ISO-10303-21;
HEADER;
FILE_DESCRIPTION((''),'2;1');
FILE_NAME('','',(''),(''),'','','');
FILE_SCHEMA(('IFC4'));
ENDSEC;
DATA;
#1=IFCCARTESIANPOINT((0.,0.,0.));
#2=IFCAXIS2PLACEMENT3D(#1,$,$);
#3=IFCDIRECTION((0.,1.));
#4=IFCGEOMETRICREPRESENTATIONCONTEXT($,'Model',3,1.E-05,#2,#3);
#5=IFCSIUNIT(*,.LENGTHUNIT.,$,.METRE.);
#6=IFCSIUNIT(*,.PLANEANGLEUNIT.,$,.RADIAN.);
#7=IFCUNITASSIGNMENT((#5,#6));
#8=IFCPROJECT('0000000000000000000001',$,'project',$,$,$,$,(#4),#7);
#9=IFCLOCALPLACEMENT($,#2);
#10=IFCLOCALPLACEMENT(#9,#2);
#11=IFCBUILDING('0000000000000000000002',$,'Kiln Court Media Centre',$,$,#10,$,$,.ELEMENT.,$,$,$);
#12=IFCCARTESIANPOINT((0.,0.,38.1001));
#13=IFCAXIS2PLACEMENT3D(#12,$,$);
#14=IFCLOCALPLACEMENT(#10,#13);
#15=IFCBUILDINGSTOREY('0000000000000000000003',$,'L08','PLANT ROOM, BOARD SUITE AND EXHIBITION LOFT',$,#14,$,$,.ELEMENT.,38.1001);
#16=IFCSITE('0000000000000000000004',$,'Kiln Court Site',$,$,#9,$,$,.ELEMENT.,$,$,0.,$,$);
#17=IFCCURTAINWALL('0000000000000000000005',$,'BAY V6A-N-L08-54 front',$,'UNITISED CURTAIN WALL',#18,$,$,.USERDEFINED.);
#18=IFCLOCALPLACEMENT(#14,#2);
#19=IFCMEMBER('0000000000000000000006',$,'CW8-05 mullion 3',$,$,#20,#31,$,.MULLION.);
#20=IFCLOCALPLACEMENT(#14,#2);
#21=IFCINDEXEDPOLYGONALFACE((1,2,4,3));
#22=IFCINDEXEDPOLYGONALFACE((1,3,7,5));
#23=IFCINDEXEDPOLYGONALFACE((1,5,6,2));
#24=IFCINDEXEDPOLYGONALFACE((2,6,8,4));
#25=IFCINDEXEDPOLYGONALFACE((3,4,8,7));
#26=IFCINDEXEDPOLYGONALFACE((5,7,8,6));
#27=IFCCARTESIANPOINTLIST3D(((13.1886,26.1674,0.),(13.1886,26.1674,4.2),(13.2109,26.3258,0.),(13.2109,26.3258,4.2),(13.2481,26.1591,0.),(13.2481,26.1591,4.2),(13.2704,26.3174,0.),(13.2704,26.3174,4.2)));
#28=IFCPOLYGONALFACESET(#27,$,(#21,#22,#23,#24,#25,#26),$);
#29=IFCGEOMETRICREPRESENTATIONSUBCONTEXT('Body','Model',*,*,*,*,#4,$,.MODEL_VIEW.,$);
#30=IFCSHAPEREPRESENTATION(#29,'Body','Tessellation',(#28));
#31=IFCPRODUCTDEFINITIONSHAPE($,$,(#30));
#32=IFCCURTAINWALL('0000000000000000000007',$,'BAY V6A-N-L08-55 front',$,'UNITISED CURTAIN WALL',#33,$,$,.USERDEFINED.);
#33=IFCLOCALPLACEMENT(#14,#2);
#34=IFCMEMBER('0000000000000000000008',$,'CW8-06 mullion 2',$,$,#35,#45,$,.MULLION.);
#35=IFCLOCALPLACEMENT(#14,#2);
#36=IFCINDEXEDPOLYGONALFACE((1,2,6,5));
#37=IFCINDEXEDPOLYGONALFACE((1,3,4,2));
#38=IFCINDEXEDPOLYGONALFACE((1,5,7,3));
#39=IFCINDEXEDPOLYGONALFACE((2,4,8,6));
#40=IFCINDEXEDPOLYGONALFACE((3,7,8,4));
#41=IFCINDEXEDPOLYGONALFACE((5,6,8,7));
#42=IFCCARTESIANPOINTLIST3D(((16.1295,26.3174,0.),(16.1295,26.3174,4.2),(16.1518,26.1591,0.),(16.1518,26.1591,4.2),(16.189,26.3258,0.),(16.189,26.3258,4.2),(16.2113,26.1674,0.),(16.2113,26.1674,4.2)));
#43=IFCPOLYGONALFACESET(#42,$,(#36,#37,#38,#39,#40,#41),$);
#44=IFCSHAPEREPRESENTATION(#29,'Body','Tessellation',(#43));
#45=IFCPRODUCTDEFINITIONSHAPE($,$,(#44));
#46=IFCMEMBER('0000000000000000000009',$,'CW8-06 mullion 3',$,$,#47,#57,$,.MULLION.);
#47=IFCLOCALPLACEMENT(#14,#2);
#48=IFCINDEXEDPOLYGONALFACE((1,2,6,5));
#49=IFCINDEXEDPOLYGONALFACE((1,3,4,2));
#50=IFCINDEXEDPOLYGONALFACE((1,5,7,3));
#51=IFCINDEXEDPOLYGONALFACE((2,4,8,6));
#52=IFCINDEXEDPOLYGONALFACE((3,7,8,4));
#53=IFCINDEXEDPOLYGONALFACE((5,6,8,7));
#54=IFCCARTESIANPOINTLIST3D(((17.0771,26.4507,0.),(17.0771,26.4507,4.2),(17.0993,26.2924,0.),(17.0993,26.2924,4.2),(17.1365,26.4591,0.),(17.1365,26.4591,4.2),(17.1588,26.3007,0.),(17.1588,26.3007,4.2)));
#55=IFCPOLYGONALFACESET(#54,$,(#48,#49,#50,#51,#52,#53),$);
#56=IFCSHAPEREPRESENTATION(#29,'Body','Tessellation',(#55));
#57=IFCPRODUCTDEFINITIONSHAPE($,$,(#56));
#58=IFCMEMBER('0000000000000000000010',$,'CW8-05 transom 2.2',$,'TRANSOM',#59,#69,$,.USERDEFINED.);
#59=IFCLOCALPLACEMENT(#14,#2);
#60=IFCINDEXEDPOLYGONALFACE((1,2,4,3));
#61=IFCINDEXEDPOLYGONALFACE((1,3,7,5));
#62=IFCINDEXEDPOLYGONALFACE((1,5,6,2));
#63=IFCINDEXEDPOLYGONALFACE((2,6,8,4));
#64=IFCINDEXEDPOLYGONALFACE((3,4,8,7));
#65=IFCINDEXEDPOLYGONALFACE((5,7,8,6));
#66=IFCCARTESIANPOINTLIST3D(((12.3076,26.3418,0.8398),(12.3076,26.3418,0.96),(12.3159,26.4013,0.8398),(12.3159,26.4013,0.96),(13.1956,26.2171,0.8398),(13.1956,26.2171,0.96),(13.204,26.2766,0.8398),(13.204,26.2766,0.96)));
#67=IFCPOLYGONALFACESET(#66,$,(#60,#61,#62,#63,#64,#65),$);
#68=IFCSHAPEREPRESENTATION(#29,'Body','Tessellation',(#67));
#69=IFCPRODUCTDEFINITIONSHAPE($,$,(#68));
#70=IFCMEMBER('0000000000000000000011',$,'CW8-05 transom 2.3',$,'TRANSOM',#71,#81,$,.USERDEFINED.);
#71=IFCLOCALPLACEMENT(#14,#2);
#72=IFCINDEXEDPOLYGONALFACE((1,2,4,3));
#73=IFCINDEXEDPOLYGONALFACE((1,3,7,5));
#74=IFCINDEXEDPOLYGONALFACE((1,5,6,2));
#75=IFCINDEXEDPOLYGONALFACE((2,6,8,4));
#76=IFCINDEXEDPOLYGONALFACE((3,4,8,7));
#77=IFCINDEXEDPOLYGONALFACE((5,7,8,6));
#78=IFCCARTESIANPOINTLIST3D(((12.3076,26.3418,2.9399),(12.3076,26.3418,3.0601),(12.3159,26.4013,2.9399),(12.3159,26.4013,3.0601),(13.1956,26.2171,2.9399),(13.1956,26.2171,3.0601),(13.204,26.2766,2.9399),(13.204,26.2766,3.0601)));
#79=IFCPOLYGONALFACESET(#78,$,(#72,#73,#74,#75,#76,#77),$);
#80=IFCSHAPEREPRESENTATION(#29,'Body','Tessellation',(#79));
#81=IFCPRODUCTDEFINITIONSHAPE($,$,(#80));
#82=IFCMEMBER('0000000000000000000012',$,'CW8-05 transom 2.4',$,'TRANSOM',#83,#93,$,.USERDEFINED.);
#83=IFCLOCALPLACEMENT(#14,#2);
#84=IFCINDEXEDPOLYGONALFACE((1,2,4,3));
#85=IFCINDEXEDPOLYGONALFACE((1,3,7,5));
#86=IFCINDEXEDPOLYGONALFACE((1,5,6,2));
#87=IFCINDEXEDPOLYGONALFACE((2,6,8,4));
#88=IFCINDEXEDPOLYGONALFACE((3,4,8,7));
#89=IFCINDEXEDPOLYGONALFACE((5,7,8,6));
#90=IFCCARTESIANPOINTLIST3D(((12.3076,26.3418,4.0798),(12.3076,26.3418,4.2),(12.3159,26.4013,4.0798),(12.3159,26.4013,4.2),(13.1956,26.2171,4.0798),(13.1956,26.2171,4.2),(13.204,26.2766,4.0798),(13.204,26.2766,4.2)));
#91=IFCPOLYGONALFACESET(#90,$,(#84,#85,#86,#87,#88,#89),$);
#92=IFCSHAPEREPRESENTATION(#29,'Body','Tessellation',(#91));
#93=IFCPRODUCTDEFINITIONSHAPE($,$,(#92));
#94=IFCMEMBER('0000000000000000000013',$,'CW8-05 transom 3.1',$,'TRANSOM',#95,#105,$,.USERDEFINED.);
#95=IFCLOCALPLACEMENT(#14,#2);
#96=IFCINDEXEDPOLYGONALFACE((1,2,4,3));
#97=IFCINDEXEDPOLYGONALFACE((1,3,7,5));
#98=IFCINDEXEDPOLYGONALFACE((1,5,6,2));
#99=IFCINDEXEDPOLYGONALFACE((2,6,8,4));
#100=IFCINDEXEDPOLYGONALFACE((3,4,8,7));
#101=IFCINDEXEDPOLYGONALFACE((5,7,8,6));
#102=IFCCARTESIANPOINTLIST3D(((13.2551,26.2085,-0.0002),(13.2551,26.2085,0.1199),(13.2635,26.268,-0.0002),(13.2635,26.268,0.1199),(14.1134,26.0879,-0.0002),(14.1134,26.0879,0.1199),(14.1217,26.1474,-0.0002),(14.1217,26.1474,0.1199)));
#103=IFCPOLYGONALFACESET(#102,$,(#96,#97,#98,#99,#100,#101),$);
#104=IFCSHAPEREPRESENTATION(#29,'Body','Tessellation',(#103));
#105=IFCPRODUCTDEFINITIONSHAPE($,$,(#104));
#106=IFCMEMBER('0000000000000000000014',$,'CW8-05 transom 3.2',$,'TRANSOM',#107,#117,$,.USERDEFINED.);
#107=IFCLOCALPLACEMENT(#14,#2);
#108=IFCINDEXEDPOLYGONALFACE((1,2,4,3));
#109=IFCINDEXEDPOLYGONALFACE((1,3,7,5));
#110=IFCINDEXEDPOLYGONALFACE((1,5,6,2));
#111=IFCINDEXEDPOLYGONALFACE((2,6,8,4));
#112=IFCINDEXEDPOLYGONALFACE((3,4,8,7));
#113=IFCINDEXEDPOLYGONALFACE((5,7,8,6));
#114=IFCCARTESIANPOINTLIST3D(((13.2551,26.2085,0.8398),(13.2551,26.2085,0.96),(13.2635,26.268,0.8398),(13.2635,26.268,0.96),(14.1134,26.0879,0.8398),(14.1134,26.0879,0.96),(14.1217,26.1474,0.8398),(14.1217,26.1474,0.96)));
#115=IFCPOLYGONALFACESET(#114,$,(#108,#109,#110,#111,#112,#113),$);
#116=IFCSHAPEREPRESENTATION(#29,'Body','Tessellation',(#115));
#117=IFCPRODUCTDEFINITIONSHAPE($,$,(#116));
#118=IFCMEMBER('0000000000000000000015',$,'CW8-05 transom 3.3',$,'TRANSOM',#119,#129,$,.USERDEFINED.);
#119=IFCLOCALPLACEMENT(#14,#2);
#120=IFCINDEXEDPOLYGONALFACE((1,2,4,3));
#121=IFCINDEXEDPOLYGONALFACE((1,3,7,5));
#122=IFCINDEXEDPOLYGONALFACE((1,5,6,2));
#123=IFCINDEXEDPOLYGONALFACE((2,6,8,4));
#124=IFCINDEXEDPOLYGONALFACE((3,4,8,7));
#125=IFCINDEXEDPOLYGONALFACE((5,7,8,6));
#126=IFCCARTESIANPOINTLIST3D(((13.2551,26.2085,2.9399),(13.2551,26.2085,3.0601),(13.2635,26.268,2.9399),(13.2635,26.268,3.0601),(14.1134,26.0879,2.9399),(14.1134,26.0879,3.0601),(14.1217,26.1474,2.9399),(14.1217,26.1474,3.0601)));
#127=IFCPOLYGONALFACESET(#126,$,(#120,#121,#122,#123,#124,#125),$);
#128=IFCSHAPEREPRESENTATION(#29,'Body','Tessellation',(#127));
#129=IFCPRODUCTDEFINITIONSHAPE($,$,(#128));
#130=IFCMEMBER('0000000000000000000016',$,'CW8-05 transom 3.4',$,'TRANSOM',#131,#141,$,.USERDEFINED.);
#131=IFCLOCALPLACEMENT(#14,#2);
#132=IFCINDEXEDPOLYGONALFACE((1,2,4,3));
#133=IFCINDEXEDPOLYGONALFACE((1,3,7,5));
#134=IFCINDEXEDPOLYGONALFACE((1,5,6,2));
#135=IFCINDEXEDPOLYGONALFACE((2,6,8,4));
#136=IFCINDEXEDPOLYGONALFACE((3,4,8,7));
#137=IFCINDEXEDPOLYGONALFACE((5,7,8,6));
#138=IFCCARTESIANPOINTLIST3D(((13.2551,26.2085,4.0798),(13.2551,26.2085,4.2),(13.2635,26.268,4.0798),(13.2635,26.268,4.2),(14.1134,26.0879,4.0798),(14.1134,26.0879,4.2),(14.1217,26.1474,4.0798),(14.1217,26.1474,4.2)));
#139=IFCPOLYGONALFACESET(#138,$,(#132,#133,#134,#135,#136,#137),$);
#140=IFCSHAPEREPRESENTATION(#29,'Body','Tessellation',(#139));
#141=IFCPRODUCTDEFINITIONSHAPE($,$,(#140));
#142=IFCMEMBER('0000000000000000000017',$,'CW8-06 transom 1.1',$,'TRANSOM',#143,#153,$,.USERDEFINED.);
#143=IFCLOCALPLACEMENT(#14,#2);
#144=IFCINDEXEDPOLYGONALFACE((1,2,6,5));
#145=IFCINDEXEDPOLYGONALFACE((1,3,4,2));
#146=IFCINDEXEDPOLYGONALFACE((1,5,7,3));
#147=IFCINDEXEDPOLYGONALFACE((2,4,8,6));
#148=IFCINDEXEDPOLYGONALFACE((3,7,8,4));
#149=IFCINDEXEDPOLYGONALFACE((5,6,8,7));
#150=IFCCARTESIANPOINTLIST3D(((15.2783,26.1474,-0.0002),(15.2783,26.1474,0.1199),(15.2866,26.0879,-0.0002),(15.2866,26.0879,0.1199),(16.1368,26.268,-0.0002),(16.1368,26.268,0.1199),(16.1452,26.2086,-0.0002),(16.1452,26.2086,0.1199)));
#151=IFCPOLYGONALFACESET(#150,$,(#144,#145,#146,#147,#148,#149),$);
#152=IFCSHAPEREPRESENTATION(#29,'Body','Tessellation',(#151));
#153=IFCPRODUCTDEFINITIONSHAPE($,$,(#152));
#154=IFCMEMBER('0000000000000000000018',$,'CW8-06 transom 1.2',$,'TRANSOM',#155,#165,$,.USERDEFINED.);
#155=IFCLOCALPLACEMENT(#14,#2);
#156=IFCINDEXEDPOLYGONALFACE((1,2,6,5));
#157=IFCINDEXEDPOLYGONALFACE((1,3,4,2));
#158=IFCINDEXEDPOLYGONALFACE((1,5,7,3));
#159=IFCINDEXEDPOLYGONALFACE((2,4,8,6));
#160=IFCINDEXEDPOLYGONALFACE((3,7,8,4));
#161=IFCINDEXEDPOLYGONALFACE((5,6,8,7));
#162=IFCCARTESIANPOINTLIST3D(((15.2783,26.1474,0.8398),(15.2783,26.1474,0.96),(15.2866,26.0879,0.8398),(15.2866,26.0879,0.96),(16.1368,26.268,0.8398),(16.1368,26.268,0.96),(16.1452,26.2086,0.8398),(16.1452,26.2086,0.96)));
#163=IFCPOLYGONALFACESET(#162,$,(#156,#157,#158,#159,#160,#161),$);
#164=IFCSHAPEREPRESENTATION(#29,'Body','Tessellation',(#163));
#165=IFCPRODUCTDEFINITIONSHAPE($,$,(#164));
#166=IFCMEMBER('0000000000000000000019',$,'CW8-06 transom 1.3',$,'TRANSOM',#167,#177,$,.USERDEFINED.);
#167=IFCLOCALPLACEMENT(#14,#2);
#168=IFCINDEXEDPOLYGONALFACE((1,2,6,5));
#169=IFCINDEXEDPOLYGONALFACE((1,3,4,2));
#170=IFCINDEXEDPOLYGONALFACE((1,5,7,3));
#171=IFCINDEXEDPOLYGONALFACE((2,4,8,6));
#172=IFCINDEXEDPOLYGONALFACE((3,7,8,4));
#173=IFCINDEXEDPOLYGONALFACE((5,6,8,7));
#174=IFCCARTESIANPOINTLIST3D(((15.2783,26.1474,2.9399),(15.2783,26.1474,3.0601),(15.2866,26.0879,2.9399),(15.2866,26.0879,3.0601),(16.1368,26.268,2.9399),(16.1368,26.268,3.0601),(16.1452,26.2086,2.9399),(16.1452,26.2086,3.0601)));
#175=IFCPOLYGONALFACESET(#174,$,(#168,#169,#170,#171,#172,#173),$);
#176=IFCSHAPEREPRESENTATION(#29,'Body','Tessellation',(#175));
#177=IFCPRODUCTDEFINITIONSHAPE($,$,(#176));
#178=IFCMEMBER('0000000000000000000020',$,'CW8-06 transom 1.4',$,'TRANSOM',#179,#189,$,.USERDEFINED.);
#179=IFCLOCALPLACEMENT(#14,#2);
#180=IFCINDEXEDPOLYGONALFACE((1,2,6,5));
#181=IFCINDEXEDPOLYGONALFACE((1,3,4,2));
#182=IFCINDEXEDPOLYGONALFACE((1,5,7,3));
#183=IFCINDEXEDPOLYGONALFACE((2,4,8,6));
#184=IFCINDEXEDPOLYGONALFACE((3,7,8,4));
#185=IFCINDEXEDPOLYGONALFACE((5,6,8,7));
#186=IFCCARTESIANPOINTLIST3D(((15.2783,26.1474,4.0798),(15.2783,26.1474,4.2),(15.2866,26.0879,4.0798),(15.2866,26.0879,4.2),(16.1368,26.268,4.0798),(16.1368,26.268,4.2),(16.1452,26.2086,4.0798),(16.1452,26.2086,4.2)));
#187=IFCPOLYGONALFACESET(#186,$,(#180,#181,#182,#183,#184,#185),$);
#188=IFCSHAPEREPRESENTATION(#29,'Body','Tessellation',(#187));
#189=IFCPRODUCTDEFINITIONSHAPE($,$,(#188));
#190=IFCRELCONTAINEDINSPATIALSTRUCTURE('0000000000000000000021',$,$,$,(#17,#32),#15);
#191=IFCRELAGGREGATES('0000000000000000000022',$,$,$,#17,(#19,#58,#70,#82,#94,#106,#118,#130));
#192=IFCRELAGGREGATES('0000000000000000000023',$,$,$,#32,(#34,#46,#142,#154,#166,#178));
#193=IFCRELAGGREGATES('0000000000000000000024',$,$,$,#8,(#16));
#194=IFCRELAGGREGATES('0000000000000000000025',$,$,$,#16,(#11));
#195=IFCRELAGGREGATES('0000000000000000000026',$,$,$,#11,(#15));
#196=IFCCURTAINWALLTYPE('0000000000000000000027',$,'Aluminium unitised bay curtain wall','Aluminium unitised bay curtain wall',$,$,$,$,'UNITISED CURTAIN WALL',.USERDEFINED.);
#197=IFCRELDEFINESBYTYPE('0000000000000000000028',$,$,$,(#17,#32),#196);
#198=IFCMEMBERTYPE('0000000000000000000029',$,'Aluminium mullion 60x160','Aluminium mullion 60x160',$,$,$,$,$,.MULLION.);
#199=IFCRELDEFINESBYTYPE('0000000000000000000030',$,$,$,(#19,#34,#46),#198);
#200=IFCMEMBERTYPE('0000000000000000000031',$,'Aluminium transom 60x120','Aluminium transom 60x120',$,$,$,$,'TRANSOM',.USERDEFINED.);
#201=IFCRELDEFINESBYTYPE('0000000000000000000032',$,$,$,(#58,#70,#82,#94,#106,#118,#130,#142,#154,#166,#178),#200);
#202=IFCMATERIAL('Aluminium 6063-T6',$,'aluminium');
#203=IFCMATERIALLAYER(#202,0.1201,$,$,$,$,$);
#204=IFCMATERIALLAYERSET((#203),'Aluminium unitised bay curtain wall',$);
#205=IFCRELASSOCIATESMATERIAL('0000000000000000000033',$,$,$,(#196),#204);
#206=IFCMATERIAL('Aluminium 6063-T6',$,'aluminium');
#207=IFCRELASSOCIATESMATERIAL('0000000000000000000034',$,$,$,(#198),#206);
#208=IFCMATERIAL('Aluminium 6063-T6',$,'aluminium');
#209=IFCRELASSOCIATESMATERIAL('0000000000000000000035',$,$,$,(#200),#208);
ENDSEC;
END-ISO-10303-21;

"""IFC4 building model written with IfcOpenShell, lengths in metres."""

from ifc_helpers import new_model, si_unit, direction, frame, origin, origin_2d, place, context, subcontext, project, spatial, rectangle, extrude, material, layer, layer_set, material_profile, profile_set, type_object, element, aggregate, save


model = new_model("IFC4")

# Units and contexts
model_context = context("Model", 3, precision=1e-05, world=origin(), true_north=direction((0.0, 1.0)))
body_context = subcontext(model_context, "Body", "Model", "MODEL_VIEW")
ifc_project = project(units=[si_unit("LENGTHUNIT", "METRE"), si_unit("PLANEANGLEUNIT", "RADIAN")], contexts=[model_context])

# Site, building, storey
site_placement = place(None, origin())
site = spatial("IfcSite", under=ifc_project, at=site_placement, Name="Kiln Court Site", CompositionType="ELEMENT", RefElevation=0.0)
building_placement = place(site_placement, origin())
building = spatial("IfcBuilding", under=site, at=building_placement, Name="Kiln Court Media Centre", CompositionType="ELEMENT")
storey_placement = place(building_placement, frame((0.0, 0.0, 38.1001)))
storey = spatial("IfcBuildingStorey", under=building, at=storey_placement, Name="L08", Description="PLANT ROOM, BOARD SUITE AND EXHIBITION LOFT", CompositionType="ELEMENT", Elevation=38.1001)

# Curtain wall, member
ifc_material_1 = material(Name="Aluminium 6063-T6", Category="aluminium")
ifc_layer_1 = layer(ifc_material_1, 0.1201)
ifc_layer_set_1 = layer_set([ifc_layer_1], Name="Aluminium unitised bay curtain wall")
curtain_wall_type = type_object("IfcCurtainWallType", Name="Aluminium unitised bay curtain wall", Description="Aluminium unitised bay curtain wall", ElementType="UNITISED CURTAIN WALL", PredefinedType="USERDEFINED", material=ifc_layer_set_1)
curtain_wall_1_placement = place(storey_placement, origin())
curtain_wall_1 = element("IfcCurtainWall", 1, at=curtain_wall_1_placement, inside=storey, type_object=curtain_wall_type, Name="BAY V6A-N-L08-54 front", ObjectType="UNITISED CURTAIN WALL", PredefinedType="USERDEFINED")
ifc_material_2 = material(Name="Aluminium 6063-T6", Category="aluminium")
ifc_material_profile_1 = material_profile(ifc_material_2, rectangle(XDim=0.0601, YDim=0.1599, at=origin_2d()), Name="Aluminium mullion 60x160")
ifc_profile_set_1 = profile_set([ifc_material_profile_1], Name="Aluminium 6063-T6")
member_type_1 = type_object("IfcMemberType", Name="Aluminium mullion 60x160", Description="Aluminium mullion 60x160", PredefinedType="MULLION", material=ifc_profile_set_1)
member_1_placement = place(storey_placement, frame((13.2295, 26.2424, 0.0), z_axis=(0.0, 0.0, 1.0), x_axis=(0.99027, -0.139162, 0.0)))
member_1 = element("IfcMember", 2, at=member_1_placement, type_object=member_type_1, Name="CW8-05 mullion 3", PredefinedType="MULLION", context=body_context, shape_type="SweptSolid", body=[
    extrude(rectangle(XDim=0.0601, YDim=0.1599, at=origin_2d()), origin(), (0.0, 0.0, 1.0), 4.2),
])

# Curtain wall, members
curtain_wall_2_placement = place(storey_placement, origin())
curtain_wall_2 = element("IfcCurtainWall", 3, at=curtain_wall_2_placement, inside=storey, type_object=curtain_wall_type, Name="BAY V6A-N-L08-55 front", ObjectType="UNITISED CURTAIN WALL", PredefinedType="USERDEFINED")
member_2_placement = place(storey_placement, frame((16.1704, 26.2424, 0.0), z_axis=(0.0, 0.0, 1.0), x_axis=(0.99027, 0.139162, 0.0)))
member_2 = element("IfcMember", 4, at=member_2_placement, type_object=member_type_1, Name="CW8-06 mullion 2", PredefinedType="MULLION", context=body_context, shape_type="SweptSolid", body=[
    extrude(rectangle(XDim=0.0601, YDim=0.1599, at=origin_2d()), origin(), (0.0, 0.0, 1.0), 4.2),
])
member_3_placement = place(storey_placement, frame((17.1179, 26.3757, 0.0), z_axis=(0.0, 0.0, 1.0), x_axis=(0.99027, 0.139162, 0.0)))
member_3 = element("IfcMember", 5, at=member_3_placement, type_object=member_type_1, Name="CW8-06 mullion 3", PredefinedType="MULLION", context=body_context, shape_type="SweptSolid", body=[
    extrude(rectangle(XDim=0.0601, YDim=0.1599, at=origin_2d()), origin(), (0.0, 0.0, 1.0), 4.2),
])

# Members
ifc_material_3 = material(Name="Aluminium 6063-T6", Category="aluminium")
ifc_material_profile_2 = material_profile(ifc_material_3, rectangle(XDim=0.0601, YDim=0.1201, at=origin_2d()), Name="Aluminium transom 60x120")
ifc_profile_set_2 = profile_set([ifc_material_profile_2], Name="Aluminium 6063-T6")
member_type_2 = type_object("IfcMemberType", Name="Aluminium transom 60x120", Description="Aluminium transom 60x120", ElementType="TRANSOM", PredefinedType="USERDEFINED", material=ifc_profile_set_2)
member_4_placement = place(storey_placement, frame((12.3118, 26.3716, 0.8999), z_axis=(0.990274, -0.139134, 0.0), x_axis=(0.139134, 0.990274, 0.0)))
member_4 = element("IfcMember", 6, at=member_4_placement, type_object=member_type_2, Name="CW8-05 transom 2.2", ObjectType="TRANSOM", PredefinedType="USERDEFINED", context=body_context, shape_type="SweptSolid", body=[
    extrude(rectangle(XDim=0.0601, YDim=0.1201, at=origin_2d()), origin(), (0.0, 0.0, 1.0), 0.8967),
])
member_5_placement = place(storey_placement, frame((12.3118, 26.3716, 3.0), z_axis=(0.990274, -0.139134, 0.0), x_axis=(0.139134, 0.990274, 0.0)))
member_5 = element("IfcMember", 7, at=member_5_placement, type_object=member_type_2, Name="CW8-05 transom 2.3", ObjectType="TRANSOM", PredefinedType="USERDEFINED", context=body_context, shape_type="SweptSolid", body=[
    extrude(rectangle(XDim=0.0601, YDim=0.1201, at=origin_2d()), origin(), (0.0, 0.0, 1.0), 0.8967),
])
member_6_placement = place(storey_placement, frame((12.3118, 26.3716, 4.1399), z_axis=(0.990274, -0.139134, 0.0), x_axis=(0.139134, 0.990274, 0.0)))
member_6 = element("IfcMember", 8, at=member_6_placement, type_object=member_type_2, Name="CW8-05 transom 2.4", ObjectType="TRANSOM", PredefinedType="USERDEFINED", context=body_context, shape_type="SweptSolid", body=[
    extrude(rectangle(XDim=0.0601, YDim=0.1201, at=origin_2d()), origin(), (0.0, 0.0, 1.0), 0.8967),
])
member_7_placement = place(storey_placement, frame((13.2593, 26.2383, 0.0598), z_axis=(0.990268, -0.139173, 0.0), x_axis=(0.139173, 0.990268, 0.0)))
member_7 = element("IfcMember", 9, at=member_7_placement, type_object=member_type_2, Name="CW8-05 transom 3.1", ObjectType="TRANSOM", PredefinedType="USERDEFINED", context=body_context, shape_type="SweptSolid", body=[
    extrude(rectangle(XDim=0.0601, YDim=0.1201, at=origin_2d()), origin(), (0.0, 0.0, 1.0), 0.8667),
])
member_8_placement = place(storey_placement, frame((13.2593, 26.2383, 0.8999), z_axis=(0.990268, -0.139173, 0.0), x_axis=(0.139173, 0.990268, 0.0)))
member_8 = element("IfcMember", 10, at=member_8_placement, type_object=member_type_2, Name="CW8-05 transom 3.2", ObjectType="TRANSOM", PredefinedType="USERDEFINED", context=body_context, shape_type="SweptSolid", body=[
    extrude(rectangle(XDim=0.0601, YDim=0.1201, at=origin_2d()), origin(), (0.0, 0.0, 1.0), 0.8667),
])
member_9_placement = place(storey_placement, frame((13.2593, 26.2383, 3.0), z_axis=(0.990268, -0.139173, 0.0), x_axis=(0.139173, 0.990268, 0.0)))
member_9 = element("IfcMember", 11, at=member_9_placement, type_object=member_type_2, Name="CW8-05 transom 3.3", ObjectType="TRANSOM", PredefinedType="USERDEFINED", context=body_context, shape_type="SweptSolid", body=[
    extrude(rectangle(XDim=0.0601, YDim=0.1201, at=origin_2d()), origin(), (0.0, 0.0, 1.0), 0.8667),
])
member_10_placement = place(storey_placement, frame((13.2593, 26.2383, 4.1399), z_axis=(0.990268, -0.139173, 0.0), x_axis=(0.139173, 0.990268, 0.0)))
member_10 = element("IfcMember", 12, at=member_10_placement, type_object=member_type_2, Name="CW8-05 transom 3.4", ObjectType="TRANSOM", PredefinedType="USERDEFINED", context=body_context, shape_type="SweptSolid", body=[
    extrude(rectangle(XDim=0.0601, YDim=0.1201, at=origin_2d()), origin(), (0.0, 0.0, 1.0), 0.8667),
])
member_11_placement = place(storey_placement, frame((15.2825, 26.1177, 0.0598), z_axis=(0.990274, 0.139134, 0.0), x_axis=(-0.139134, 0.990274, 0.0)))
member_11 = element("IfcMember", 13, at=member_11_placement, type_object=member_type_2, Name="CW8-06 transom 1.1", ObjectType="TRANSOM", PredefinedType="USERDEFINED", context=body_context, shape_type="SweptSolid", body=[
    extrude(rectangle(XDim=0.0601, YDim=0.1201, at=origin_2d()), origin(), (0.0, 0.0, 1.0), 0.8669),
])
member_12_placement = place(storey_placement, frame((15.2825, 26.1177, 0.8999), z_axis=(0.990274, 0.139134, 0.0), x_axis=(-0.139134, 0.990274, 0.0)))
member_12 = element("IfcMember", 14, at=member_12_placement, type_object=member_type_2, Name="CW8-06 transom 1.2", ObjectType="TRANSOM", PredefinedType="USERDEFINED", context=body_context, shape_type="SweptSolid", body=[
    extrude(rectangle(XDim=0.0601, YDim=0.1201, at=origin_2d()), origin(), (0.0, 0.0, 1.0), 0.8669),
])
member_13_placement = place(storey_placement, frame((15.2825, 26.1177, 3.0), z_axis=(0.990274, 0.139134, 0.0), x_axis=(-0.139134, 0.990274, 0.0)))
member_13 = element("IfcMember", 15, at=member_13_placement, type_object=member_type_2, Name="CW8-06 transom 1.3", ObjectType="TRANSOM", PredefinedType="USERDEFINED", context=body_context, shape_type="SweptSolid", body=[
    extrude(rectangle(XDim=0.0601, YDim=0.1201, at=origin_2d()), origin(), (0.0, 0.0, 1.0), 0.8669),
])
member_14_placement = place(storey_placement, frame((15.2825, 26.1177, 4.1399), z_axis=(0.990274, 0.139134, 0.0), x_axis=(-0.139134, 0.990274, 0.0)))
member_14 = element("IfcMember", 16, at=member_14_placement, type_object=member_type_2, Name="CW8-06 transom 1.4", ObjectType="TRANSOM", PredefinedType="USERDEFINED", context=body_context, shape_type="SweptSolid", body=[
    extrude(rectangle(XDim=0.0601, YDim=0.1201, at=origin_2d()), origin(), (0.0, 0.0, 1.0), 0.8669),
])

aggregate(curtain_wall_1, [member_1, member_4, member_5, member_6, member_7, member_8, member_9, member_10])
aggregate(curtain_wall_2, [member_2, member_3, member_11, member_12, member_13, member_14])

save(model, "model.ifc")
